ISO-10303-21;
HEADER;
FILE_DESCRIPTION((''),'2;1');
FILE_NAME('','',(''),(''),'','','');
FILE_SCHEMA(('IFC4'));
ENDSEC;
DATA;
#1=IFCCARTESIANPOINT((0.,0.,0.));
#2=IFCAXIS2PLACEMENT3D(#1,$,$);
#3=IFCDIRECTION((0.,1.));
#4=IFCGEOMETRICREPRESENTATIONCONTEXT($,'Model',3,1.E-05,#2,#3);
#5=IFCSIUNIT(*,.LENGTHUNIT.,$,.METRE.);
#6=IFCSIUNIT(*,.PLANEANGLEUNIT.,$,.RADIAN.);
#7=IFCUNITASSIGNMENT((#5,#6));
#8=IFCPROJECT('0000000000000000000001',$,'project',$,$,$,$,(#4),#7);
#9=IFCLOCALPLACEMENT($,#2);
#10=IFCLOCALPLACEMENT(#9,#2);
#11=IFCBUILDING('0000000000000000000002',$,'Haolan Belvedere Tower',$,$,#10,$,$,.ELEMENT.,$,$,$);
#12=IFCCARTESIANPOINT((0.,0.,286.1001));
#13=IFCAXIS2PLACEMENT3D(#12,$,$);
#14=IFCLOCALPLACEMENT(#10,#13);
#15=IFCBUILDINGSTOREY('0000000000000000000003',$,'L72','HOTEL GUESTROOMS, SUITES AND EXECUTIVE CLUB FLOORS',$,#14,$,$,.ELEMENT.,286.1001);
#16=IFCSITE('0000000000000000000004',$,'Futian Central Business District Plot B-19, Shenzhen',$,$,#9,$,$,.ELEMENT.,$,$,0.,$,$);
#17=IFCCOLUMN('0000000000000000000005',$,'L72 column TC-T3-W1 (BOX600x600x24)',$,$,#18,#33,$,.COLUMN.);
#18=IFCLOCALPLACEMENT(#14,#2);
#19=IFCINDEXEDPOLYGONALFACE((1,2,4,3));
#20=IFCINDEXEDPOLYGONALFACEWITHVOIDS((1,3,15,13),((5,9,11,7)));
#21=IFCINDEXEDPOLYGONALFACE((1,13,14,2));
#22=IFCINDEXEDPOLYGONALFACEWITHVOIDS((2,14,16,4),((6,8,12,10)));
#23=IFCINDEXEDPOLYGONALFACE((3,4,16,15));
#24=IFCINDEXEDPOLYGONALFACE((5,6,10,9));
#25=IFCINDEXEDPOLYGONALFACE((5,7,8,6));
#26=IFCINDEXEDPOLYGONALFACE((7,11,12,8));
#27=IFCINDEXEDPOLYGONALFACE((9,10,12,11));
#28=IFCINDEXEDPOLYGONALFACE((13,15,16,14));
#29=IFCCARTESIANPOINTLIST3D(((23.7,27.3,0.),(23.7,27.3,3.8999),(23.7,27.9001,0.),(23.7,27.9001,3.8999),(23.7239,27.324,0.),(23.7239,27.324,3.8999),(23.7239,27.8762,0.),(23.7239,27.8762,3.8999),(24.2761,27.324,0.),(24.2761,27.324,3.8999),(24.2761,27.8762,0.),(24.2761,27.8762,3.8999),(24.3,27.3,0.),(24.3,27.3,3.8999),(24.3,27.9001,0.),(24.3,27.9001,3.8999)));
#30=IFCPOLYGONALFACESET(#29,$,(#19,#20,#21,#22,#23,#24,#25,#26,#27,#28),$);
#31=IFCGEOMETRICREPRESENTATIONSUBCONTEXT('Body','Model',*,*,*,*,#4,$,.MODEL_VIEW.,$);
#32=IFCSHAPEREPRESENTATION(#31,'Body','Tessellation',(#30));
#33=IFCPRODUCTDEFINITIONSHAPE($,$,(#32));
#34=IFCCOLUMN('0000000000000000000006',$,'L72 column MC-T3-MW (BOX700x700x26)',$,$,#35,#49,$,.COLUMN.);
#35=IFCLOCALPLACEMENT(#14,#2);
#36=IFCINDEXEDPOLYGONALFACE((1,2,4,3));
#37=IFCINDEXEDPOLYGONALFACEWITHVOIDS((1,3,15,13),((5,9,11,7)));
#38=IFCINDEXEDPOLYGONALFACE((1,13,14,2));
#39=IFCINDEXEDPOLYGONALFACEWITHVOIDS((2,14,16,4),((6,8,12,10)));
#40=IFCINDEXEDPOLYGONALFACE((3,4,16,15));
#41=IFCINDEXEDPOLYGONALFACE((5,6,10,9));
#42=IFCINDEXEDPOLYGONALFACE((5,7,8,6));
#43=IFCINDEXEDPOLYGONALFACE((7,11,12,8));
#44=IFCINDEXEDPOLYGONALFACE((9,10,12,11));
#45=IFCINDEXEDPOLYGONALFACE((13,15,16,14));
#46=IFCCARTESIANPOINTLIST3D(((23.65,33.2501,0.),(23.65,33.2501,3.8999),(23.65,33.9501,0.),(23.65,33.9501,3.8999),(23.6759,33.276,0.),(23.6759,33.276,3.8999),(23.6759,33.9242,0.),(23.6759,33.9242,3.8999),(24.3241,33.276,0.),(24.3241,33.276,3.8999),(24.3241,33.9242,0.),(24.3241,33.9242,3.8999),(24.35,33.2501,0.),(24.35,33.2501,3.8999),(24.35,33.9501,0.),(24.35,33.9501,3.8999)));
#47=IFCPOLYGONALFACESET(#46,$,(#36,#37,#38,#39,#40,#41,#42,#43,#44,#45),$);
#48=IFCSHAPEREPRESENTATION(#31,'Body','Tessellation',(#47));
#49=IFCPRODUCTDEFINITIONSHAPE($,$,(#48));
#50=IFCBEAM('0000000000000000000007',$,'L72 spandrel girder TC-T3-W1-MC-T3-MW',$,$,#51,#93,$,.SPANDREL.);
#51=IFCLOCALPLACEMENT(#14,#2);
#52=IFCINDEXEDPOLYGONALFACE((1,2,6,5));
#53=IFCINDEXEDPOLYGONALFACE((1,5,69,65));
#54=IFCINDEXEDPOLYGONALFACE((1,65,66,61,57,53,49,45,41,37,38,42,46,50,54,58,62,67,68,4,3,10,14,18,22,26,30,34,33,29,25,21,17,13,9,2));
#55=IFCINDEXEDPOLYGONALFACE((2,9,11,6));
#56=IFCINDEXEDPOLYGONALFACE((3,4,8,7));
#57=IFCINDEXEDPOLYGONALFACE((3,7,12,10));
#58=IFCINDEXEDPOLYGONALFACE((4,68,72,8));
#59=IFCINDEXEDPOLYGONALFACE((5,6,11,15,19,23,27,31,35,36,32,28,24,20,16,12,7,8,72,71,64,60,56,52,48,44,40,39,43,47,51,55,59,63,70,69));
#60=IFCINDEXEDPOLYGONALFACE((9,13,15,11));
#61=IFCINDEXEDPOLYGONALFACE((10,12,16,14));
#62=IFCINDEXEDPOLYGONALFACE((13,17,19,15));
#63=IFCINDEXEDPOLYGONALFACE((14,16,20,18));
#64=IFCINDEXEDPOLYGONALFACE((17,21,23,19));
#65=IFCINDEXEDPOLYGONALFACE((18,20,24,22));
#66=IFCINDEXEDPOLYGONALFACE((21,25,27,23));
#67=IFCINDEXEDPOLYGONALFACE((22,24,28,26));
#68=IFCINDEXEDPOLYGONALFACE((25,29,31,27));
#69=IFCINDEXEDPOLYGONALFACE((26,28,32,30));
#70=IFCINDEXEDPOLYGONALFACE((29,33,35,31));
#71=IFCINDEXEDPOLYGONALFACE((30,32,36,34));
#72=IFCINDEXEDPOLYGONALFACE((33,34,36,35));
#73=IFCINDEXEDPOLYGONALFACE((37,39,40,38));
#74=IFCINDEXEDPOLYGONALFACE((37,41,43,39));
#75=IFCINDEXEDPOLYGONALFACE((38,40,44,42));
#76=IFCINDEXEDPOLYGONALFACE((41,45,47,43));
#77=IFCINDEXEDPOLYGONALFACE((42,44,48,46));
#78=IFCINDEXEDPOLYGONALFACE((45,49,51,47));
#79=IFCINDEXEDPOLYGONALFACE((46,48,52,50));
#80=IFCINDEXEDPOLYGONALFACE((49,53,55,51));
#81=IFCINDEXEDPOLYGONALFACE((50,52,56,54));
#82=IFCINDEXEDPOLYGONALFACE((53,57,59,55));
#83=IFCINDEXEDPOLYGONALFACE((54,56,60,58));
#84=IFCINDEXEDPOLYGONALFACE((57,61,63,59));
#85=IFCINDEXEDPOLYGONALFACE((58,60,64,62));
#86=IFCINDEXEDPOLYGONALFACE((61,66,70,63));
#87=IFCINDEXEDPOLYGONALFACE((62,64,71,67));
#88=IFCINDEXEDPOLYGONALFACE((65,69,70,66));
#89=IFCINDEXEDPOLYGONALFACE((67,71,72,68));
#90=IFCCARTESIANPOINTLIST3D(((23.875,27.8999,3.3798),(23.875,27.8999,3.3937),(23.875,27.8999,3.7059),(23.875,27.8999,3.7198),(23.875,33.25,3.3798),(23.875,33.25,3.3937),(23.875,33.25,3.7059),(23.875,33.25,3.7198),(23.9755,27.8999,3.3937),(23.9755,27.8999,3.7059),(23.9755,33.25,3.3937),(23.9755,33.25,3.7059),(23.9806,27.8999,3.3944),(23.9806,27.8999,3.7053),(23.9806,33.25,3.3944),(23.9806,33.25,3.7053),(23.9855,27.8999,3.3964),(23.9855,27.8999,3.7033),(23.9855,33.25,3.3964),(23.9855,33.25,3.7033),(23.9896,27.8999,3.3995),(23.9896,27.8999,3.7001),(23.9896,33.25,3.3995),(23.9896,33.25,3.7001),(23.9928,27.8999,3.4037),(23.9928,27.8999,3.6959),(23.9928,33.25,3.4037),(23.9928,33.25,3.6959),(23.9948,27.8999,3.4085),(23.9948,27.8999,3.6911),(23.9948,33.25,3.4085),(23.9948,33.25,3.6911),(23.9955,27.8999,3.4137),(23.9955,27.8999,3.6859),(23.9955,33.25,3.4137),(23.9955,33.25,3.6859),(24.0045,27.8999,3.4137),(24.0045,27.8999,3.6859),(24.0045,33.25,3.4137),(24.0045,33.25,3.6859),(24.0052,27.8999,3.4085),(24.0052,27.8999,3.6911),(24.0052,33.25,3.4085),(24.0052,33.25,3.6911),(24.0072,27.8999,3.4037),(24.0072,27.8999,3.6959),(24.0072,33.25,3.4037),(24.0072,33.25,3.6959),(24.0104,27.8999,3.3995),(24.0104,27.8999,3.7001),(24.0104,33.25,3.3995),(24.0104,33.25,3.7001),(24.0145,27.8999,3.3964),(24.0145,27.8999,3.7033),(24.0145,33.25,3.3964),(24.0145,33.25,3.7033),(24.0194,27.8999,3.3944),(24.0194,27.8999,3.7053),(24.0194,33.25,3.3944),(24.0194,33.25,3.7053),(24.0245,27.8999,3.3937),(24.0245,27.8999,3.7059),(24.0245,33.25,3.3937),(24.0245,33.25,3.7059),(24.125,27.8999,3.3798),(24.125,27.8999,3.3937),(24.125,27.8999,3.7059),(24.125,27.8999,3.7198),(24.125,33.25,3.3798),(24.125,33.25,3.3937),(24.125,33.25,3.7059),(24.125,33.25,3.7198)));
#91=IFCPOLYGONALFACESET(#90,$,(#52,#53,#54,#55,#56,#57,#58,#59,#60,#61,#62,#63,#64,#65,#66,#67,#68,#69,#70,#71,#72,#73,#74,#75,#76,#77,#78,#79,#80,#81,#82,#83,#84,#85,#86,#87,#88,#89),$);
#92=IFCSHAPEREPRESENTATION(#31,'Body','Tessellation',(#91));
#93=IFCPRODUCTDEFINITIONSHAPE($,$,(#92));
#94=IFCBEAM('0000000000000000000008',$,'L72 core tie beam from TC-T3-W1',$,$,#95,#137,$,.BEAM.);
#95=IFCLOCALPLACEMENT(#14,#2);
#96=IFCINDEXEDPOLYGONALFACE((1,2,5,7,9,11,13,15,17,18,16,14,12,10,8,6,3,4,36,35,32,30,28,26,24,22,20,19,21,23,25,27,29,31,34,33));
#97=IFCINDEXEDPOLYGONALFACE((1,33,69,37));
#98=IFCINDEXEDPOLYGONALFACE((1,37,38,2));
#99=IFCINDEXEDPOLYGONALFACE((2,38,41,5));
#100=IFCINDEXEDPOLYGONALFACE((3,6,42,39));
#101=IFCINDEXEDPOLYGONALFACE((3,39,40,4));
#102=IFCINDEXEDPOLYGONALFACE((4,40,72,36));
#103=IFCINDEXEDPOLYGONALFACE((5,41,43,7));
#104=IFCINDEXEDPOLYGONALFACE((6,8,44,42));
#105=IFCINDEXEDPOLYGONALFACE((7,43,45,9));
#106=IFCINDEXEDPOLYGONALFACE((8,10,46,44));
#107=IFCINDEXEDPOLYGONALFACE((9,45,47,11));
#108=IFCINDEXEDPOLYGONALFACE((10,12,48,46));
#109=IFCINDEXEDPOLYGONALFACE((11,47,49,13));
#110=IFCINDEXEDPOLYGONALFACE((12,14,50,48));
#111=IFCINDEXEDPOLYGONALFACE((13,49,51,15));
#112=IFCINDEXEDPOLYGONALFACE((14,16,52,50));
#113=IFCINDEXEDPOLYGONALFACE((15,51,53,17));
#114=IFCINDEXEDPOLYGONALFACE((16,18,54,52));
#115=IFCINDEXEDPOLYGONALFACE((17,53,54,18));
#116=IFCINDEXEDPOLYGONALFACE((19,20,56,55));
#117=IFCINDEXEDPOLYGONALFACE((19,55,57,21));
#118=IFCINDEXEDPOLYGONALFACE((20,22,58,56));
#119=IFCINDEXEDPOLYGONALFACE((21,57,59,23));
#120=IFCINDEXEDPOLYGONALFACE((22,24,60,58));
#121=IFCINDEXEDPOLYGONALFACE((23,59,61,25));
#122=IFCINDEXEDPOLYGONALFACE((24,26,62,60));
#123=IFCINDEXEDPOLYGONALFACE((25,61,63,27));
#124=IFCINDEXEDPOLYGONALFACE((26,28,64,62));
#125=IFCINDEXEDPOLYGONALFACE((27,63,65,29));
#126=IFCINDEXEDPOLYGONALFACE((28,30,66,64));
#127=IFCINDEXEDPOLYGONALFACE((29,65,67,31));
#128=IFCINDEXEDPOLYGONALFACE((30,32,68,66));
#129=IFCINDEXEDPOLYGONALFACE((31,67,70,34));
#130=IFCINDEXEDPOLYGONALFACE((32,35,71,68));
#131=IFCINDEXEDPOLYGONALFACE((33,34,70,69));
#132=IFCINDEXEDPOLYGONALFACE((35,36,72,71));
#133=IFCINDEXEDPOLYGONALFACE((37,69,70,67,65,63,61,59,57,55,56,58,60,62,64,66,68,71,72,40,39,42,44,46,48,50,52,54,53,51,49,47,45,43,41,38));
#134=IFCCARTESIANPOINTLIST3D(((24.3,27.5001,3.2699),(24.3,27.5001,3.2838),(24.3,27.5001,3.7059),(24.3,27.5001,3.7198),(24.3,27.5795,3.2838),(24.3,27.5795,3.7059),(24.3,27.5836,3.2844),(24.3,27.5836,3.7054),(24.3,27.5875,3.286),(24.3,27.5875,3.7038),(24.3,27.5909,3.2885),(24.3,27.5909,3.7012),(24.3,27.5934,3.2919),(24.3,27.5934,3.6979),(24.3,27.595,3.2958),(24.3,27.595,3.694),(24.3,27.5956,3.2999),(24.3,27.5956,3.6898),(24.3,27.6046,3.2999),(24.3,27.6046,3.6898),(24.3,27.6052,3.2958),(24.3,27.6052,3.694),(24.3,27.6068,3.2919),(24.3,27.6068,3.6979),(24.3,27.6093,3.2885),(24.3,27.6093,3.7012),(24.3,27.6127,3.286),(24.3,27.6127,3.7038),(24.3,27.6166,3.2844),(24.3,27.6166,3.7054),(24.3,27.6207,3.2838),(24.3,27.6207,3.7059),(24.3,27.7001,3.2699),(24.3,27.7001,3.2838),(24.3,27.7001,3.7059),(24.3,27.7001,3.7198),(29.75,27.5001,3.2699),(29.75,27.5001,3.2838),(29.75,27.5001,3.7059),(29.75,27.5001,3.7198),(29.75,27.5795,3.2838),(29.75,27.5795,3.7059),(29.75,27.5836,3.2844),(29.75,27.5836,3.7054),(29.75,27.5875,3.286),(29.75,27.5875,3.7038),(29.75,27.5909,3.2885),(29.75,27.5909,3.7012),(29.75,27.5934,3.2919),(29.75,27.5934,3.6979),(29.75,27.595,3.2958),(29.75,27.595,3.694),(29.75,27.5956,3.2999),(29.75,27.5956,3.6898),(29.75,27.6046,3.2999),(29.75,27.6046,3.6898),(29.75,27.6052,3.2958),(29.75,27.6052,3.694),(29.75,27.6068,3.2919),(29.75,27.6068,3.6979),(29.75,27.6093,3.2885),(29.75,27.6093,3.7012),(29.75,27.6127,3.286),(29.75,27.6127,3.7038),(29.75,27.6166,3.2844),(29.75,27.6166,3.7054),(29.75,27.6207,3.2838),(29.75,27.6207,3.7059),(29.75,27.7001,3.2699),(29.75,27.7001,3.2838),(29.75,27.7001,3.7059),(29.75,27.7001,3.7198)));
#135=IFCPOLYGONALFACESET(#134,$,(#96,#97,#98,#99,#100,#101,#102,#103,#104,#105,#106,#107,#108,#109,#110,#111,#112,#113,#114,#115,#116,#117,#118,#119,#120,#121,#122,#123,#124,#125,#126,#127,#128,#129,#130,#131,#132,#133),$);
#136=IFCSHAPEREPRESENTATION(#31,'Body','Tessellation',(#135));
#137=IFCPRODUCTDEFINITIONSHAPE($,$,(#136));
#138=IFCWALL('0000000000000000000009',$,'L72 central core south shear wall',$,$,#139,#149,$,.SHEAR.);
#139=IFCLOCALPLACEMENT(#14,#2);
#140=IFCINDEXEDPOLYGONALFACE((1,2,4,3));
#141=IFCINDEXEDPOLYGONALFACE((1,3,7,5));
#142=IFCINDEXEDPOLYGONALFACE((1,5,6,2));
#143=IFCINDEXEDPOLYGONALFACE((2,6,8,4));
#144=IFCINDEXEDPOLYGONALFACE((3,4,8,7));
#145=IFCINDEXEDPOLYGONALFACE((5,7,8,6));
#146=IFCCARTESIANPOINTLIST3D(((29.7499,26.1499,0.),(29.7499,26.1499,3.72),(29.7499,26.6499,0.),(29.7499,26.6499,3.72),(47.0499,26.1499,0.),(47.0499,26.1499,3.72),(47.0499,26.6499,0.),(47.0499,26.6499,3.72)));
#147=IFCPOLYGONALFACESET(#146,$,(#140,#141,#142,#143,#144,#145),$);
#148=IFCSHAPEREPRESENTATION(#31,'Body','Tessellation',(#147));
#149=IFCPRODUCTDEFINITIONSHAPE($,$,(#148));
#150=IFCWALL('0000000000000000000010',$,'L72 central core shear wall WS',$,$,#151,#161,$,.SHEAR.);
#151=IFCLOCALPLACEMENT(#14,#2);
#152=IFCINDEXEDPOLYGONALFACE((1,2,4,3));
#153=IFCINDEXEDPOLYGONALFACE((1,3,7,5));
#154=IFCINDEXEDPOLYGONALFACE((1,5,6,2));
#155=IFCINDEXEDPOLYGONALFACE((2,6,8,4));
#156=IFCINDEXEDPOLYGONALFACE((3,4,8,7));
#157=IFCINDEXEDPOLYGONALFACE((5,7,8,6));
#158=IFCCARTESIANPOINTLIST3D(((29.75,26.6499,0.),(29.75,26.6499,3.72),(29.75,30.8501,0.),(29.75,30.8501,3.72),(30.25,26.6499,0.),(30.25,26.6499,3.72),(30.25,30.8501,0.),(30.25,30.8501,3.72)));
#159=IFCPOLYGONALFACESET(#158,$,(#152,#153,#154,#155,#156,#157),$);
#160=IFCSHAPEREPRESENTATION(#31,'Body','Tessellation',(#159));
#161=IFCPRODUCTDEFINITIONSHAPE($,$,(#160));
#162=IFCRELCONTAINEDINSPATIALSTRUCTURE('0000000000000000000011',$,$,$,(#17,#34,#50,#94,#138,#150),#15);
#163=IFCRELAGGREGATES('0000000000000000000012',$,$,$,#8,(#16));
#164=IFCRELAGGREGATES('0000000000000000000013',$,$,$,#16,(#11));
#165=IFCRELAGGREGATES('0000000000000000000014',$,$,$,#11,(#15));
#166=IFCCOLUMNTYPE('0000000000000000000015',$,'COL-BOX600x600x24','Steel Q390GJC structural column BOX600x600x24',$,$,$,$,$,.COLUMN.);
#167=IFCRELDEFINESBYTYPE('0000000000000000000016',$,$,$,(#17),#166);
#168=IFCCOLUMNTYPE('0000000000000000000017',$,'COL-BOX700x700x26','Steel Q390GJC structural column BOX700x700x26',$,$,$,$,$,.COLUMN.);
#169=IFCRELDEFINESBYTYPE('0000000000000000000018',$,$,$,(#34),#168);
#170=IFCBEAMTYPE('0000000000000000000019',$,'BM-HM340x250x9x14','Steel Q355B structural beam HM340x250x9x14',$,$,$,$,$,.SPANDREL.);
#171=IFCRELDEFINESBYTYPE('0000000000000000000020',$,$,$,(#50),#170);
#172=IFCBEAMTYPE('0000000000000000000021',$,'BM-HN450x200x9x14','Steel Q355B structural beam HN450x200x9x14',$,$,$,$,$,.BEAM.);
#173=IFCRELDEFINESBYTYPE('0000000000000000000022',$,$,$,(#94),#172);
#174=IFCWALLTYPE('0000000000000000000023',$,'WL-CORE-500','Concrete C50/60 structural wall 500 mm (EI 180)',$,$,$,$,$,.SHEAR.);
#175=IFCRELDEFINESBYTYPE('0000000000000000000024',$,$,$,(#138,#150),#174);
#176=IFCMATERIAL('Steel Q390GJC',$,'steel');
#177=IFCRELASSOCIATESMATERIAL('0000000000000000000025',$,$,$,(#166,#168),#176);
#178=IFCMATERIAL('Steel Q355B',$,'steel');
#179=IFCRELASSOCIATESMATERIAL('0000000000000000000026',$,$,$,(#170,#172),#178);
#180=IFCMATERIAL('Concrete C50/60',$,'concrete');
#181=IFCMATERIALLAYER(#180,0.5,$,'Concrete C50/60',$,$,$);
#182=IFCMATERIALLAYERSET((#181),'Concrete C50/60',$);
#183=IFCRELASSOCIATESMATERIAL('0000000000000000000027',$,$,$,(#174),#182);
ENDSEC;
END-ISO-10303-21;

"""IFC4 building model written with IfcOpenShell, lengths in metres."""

from ifc_helpers import new_model, si_unit, direction, frame, frame_2d, origin, origin_2d, place, context, subcontext, project, spatial, rectangle, hollow_rectangle, i_section, extrude, material, layer, layer_set, material_profile, profile_set, type_object, element, save


model = new_model("IFC4")

# Units and contexts
model_context = context("Model", 3, precision=1e-05, world=origin(), true_north=direction((0.0, 1.0)))
body_context = subcontext(model_context, "Body", "Model", "MODEL_VIEW")
ifc_project = project(units=[si_unit("LENGTHUNIT", "METRE"), si_unit("PLANEANGLEUNIT", "RADIAN")], contexts=[model_context])

# Site, building, storey
site_placement = place(None, origin())
site = spatial("IfcSite", under=ifc_project, at=site_placement, Name="Futian Central Business District Plot B-19, Shenzhen", CompositionType="ELEMENT", RefElevation=0.0)
building_placement = place(site_placement, origin())
building = spatial("IfcBuilding", under=site, at=building_placement, Name="Haolan Belvedere Tower", CompositionType="ELEMENT")
storey_placement = place(building_placement, frame((0.0, 0.0, 286.1001)))
storey = spatial("IfcBuildingStorey", under=building, at=storey_placement, Name="L72", Description="HOTEL GUESTROOMS, SUITES AND EXECUTIVE CLUB FLOORS", CompositionType="ELEMENT", Elevation=286.1001)

# Columns
ifc_material_1 = material(Name="Steel Q390GJC", Category="steel")
ifc_material_profile_1 = material_profile(ifc_material_1, hollow_rectangle(XDim=0.6001, YDim=0.6001, WallThickness=0.0239, at=origin_2d()), Name="Steel Q390GJC")
ifc_profile_set_1 = profile_set([ifc_material_profile_1], Name="Steel Q390GJC")
column_type_1 = type_object("IfcColumnType", Name="COL-BOX600x600x24", Description="Steel Q390GJC structural column BOX600x600x24", PredefinedType="COLUMN", material=ifc_profile_set_1)
column_1_placement = place(storey_placement, frame((24.0, 27.6001, 0.0), z_axis=(0.0, 0.0, 1.0), x_axis=(1.0, 0.0, 0.0)))
element("IfcColumn", 1, at=column_1_placement, inside=storey, type_object=column_type_1, Name="L72 column TC-T3-W1 (BOX600x600x24)", PredefinedType="COLUMN", context=body_context, shape_type="SweptSolid", body=[
    extrude(hollow_rectangle(XDim=0.6001, YDim=0.6001, WallThickness=0.0239, at=origin_2d()), origin(), (0.0, 0.0, 1.0), 3.8999),
])
ifc_material_profile_2 = material_profile(ifc_material_1, hollow_rectangle(XDim=0.7, YDim=0.7, WallThickness=0.0259, at=origin_2d()), Name="Steel Q390GJC")
ifc_profile_set_2 = profile_set([ifc_material_profile_2], Name="Steel Q390GJC")
column_type_2 = type_object("IfcColumnType", Name="COL-BOX700x700x26", Description="Steel Q390GJC structural column BOX700x700x26", PredefinedType="COLUMN", material=ifc_profile_set_2)
column_2_placement = place(storey_placement, frame((24.0, 33.6001, 0.0), z_axis=(0.0, 0.0, 1.0), x_axis=(1.0, 0.0, 0.0)))
element("IfcColumn", 2, at=column_2_placement, inside=storey, type_object=column_type_2, Name="L72 column MC-T3-MW (BOX700x700x26)", PredefinedType="COLUMN", context=body_context, shape_type="SweptSolid", body=[
    extrude(hollow_rectangle(XDim=0.7, YDim=0.7, WallThickness=0.0259, at=origin_2d()), origin(), (0.0, 0.0, 1.0), 3.8999),
])

# Beams
ifc_material_2 = material(Name="Steel Q355B", Category="steel")
ifc_material_profile_3 = material_profile(ifc_material_2, i_section(OverallWidth=0.25, OverallDepth=0.3401, WebThickness=0.009, FlangeThickness=0.0139, FilletRadius=0.02, at=origin_2d()), Name="Steel Q355B")
ifc_profile_set_3 = profile_set([ifc_material_profile_3], Name="Steel Q355B")
beam_type_1 = type_object("IfcBeamType", Name="BM-HM340x250x9x14", Description="Steel Q355B structural beam HM340x250x9x14", PredefinedType="SPANDREL", material=ifc_profile_set_3)
beam_1_placement = place(storey_placement, frame((24.0, 27.8999, 3.5498), z_axis=(0.0, 1.0, 0.0), x_axis=(-1.0, 0.0, 0.0)))
element("IfcBeam", 3, at=beam_1_placement, inside=storey, type_object=beam_type_1, Name="L72 spandrel girder TC-T3-W1-MC-T3-MW", PredefinedType="SPANDREL", context=body_context, shape_type="SweptSolid", body=[
    extrude(i_section(OverallWidth=0.25, OverallDepth=0.3401, WebThickness=0.009, FlangeThickness=0.0139, FilletRadius=0.02, at=origin_2d()), origin(), (0.0, 0.0, 1.0), 5.3501),
])
ifc_material_profile_4 = material_profile(ifc_material_2, i_section(OverallWidth=0.2, OverallDepth=0.45, WebThickness=0.009, FlangeThickness=0.0139, FilletRadius=0.0161, at=origin_2d()), Name="Steel Q355B")
ifc_profile_set_4 = profile_set([ifc_material_profile_4], Name="Steel Q355B")
beam_type_2 = type_object("IfcBeamType", Name="BM-HN450x200x9x14", Description="Steel Q355B structural beam HN450x200x9x14", PredefinedType="BEAM", material=ifc_profile_set_4)
beam_2_placement = place(storey_placement, frame((24.3, 27.6001, 3.4949), z_axis=(1.0, 0.0, 0.0), x_axis=(0.0, 1.0, 0.0)))
element("IfcBeam", 4, at=beam_2_placement, inside=storey, type_object=beam_type_2, Name="L72 core tie beam from TC-T3-W1", PredefinedType="BEAM", context=body_context, shape_type="SweptSolid", body=[
    extrude(i_section(OverallWidth=0.2, OverallDepth=0.45, WebThickness=0.009, FlangeThickness=0.0139, FilletRadius=0.0161, at=origin_2d()), origin(), (0.0, 0.0, 1.0), 5.45),
])

# Walls
ifc_material_3 = material(Name="Concrete C50/60", Category="concrete")
ifc_layer_1 = layer(ifc_material_3, 0.5, Name="Concrete C50/60")
ifc_layer_set_1 = layer_set([ifc_layer_1], Name="Concrete C50/60")
wall_type_1 = type_object("IfcWallType", Name="WL-CORE-500", Description="Concrete C50/60 structural wall 500 mm (EI 180)", PredefinedType="SHEAR", material=ifc_layer_set_1)
wall_1_placement = place(storey_placement, frame((29.75, 26.3999, 0.0), z_axis=(0.0, 0.0, 1.0), x_axis=(1.0, 0.0, 0.0)))
element("IfcWall", 5, at=wall_1_placement, inside=storey, type_object=wall_type_1, Name="L72 central core south shear wall", PredefinedType="SHEAR", context=body_context, shape_type="SweptSolid", body=[
    extrude(rectangle(XDim=17.3, YDim=0.5, at=frame_2d((8.6499, 0.0))), origin(), (0.0, 0.0, 1.0), 3.72),
])
wall_2_placement = place(storey_placement, frame((30.0, 26.6499, 0.0), z_axis=(0.0, 0.0, 1.0), x_axis=(0.0, 1.0, 0.0)))
element("IfcWall", 6, at=wall_2_placement, inside=storey, type_object=wall_type_1, Name="L72 central core shear wall WS", PredefinedType="SHEAR", context=body_context, shape_type="SweptSolid", body=[
    extrude(rectangle(XDim=4.2002, YDim=0.5, at=frame_2d((2.1001, 0.0))), origin(), (0.0, 0.0, 1.0), 3.72),
])

save(model, "model.ifc")
